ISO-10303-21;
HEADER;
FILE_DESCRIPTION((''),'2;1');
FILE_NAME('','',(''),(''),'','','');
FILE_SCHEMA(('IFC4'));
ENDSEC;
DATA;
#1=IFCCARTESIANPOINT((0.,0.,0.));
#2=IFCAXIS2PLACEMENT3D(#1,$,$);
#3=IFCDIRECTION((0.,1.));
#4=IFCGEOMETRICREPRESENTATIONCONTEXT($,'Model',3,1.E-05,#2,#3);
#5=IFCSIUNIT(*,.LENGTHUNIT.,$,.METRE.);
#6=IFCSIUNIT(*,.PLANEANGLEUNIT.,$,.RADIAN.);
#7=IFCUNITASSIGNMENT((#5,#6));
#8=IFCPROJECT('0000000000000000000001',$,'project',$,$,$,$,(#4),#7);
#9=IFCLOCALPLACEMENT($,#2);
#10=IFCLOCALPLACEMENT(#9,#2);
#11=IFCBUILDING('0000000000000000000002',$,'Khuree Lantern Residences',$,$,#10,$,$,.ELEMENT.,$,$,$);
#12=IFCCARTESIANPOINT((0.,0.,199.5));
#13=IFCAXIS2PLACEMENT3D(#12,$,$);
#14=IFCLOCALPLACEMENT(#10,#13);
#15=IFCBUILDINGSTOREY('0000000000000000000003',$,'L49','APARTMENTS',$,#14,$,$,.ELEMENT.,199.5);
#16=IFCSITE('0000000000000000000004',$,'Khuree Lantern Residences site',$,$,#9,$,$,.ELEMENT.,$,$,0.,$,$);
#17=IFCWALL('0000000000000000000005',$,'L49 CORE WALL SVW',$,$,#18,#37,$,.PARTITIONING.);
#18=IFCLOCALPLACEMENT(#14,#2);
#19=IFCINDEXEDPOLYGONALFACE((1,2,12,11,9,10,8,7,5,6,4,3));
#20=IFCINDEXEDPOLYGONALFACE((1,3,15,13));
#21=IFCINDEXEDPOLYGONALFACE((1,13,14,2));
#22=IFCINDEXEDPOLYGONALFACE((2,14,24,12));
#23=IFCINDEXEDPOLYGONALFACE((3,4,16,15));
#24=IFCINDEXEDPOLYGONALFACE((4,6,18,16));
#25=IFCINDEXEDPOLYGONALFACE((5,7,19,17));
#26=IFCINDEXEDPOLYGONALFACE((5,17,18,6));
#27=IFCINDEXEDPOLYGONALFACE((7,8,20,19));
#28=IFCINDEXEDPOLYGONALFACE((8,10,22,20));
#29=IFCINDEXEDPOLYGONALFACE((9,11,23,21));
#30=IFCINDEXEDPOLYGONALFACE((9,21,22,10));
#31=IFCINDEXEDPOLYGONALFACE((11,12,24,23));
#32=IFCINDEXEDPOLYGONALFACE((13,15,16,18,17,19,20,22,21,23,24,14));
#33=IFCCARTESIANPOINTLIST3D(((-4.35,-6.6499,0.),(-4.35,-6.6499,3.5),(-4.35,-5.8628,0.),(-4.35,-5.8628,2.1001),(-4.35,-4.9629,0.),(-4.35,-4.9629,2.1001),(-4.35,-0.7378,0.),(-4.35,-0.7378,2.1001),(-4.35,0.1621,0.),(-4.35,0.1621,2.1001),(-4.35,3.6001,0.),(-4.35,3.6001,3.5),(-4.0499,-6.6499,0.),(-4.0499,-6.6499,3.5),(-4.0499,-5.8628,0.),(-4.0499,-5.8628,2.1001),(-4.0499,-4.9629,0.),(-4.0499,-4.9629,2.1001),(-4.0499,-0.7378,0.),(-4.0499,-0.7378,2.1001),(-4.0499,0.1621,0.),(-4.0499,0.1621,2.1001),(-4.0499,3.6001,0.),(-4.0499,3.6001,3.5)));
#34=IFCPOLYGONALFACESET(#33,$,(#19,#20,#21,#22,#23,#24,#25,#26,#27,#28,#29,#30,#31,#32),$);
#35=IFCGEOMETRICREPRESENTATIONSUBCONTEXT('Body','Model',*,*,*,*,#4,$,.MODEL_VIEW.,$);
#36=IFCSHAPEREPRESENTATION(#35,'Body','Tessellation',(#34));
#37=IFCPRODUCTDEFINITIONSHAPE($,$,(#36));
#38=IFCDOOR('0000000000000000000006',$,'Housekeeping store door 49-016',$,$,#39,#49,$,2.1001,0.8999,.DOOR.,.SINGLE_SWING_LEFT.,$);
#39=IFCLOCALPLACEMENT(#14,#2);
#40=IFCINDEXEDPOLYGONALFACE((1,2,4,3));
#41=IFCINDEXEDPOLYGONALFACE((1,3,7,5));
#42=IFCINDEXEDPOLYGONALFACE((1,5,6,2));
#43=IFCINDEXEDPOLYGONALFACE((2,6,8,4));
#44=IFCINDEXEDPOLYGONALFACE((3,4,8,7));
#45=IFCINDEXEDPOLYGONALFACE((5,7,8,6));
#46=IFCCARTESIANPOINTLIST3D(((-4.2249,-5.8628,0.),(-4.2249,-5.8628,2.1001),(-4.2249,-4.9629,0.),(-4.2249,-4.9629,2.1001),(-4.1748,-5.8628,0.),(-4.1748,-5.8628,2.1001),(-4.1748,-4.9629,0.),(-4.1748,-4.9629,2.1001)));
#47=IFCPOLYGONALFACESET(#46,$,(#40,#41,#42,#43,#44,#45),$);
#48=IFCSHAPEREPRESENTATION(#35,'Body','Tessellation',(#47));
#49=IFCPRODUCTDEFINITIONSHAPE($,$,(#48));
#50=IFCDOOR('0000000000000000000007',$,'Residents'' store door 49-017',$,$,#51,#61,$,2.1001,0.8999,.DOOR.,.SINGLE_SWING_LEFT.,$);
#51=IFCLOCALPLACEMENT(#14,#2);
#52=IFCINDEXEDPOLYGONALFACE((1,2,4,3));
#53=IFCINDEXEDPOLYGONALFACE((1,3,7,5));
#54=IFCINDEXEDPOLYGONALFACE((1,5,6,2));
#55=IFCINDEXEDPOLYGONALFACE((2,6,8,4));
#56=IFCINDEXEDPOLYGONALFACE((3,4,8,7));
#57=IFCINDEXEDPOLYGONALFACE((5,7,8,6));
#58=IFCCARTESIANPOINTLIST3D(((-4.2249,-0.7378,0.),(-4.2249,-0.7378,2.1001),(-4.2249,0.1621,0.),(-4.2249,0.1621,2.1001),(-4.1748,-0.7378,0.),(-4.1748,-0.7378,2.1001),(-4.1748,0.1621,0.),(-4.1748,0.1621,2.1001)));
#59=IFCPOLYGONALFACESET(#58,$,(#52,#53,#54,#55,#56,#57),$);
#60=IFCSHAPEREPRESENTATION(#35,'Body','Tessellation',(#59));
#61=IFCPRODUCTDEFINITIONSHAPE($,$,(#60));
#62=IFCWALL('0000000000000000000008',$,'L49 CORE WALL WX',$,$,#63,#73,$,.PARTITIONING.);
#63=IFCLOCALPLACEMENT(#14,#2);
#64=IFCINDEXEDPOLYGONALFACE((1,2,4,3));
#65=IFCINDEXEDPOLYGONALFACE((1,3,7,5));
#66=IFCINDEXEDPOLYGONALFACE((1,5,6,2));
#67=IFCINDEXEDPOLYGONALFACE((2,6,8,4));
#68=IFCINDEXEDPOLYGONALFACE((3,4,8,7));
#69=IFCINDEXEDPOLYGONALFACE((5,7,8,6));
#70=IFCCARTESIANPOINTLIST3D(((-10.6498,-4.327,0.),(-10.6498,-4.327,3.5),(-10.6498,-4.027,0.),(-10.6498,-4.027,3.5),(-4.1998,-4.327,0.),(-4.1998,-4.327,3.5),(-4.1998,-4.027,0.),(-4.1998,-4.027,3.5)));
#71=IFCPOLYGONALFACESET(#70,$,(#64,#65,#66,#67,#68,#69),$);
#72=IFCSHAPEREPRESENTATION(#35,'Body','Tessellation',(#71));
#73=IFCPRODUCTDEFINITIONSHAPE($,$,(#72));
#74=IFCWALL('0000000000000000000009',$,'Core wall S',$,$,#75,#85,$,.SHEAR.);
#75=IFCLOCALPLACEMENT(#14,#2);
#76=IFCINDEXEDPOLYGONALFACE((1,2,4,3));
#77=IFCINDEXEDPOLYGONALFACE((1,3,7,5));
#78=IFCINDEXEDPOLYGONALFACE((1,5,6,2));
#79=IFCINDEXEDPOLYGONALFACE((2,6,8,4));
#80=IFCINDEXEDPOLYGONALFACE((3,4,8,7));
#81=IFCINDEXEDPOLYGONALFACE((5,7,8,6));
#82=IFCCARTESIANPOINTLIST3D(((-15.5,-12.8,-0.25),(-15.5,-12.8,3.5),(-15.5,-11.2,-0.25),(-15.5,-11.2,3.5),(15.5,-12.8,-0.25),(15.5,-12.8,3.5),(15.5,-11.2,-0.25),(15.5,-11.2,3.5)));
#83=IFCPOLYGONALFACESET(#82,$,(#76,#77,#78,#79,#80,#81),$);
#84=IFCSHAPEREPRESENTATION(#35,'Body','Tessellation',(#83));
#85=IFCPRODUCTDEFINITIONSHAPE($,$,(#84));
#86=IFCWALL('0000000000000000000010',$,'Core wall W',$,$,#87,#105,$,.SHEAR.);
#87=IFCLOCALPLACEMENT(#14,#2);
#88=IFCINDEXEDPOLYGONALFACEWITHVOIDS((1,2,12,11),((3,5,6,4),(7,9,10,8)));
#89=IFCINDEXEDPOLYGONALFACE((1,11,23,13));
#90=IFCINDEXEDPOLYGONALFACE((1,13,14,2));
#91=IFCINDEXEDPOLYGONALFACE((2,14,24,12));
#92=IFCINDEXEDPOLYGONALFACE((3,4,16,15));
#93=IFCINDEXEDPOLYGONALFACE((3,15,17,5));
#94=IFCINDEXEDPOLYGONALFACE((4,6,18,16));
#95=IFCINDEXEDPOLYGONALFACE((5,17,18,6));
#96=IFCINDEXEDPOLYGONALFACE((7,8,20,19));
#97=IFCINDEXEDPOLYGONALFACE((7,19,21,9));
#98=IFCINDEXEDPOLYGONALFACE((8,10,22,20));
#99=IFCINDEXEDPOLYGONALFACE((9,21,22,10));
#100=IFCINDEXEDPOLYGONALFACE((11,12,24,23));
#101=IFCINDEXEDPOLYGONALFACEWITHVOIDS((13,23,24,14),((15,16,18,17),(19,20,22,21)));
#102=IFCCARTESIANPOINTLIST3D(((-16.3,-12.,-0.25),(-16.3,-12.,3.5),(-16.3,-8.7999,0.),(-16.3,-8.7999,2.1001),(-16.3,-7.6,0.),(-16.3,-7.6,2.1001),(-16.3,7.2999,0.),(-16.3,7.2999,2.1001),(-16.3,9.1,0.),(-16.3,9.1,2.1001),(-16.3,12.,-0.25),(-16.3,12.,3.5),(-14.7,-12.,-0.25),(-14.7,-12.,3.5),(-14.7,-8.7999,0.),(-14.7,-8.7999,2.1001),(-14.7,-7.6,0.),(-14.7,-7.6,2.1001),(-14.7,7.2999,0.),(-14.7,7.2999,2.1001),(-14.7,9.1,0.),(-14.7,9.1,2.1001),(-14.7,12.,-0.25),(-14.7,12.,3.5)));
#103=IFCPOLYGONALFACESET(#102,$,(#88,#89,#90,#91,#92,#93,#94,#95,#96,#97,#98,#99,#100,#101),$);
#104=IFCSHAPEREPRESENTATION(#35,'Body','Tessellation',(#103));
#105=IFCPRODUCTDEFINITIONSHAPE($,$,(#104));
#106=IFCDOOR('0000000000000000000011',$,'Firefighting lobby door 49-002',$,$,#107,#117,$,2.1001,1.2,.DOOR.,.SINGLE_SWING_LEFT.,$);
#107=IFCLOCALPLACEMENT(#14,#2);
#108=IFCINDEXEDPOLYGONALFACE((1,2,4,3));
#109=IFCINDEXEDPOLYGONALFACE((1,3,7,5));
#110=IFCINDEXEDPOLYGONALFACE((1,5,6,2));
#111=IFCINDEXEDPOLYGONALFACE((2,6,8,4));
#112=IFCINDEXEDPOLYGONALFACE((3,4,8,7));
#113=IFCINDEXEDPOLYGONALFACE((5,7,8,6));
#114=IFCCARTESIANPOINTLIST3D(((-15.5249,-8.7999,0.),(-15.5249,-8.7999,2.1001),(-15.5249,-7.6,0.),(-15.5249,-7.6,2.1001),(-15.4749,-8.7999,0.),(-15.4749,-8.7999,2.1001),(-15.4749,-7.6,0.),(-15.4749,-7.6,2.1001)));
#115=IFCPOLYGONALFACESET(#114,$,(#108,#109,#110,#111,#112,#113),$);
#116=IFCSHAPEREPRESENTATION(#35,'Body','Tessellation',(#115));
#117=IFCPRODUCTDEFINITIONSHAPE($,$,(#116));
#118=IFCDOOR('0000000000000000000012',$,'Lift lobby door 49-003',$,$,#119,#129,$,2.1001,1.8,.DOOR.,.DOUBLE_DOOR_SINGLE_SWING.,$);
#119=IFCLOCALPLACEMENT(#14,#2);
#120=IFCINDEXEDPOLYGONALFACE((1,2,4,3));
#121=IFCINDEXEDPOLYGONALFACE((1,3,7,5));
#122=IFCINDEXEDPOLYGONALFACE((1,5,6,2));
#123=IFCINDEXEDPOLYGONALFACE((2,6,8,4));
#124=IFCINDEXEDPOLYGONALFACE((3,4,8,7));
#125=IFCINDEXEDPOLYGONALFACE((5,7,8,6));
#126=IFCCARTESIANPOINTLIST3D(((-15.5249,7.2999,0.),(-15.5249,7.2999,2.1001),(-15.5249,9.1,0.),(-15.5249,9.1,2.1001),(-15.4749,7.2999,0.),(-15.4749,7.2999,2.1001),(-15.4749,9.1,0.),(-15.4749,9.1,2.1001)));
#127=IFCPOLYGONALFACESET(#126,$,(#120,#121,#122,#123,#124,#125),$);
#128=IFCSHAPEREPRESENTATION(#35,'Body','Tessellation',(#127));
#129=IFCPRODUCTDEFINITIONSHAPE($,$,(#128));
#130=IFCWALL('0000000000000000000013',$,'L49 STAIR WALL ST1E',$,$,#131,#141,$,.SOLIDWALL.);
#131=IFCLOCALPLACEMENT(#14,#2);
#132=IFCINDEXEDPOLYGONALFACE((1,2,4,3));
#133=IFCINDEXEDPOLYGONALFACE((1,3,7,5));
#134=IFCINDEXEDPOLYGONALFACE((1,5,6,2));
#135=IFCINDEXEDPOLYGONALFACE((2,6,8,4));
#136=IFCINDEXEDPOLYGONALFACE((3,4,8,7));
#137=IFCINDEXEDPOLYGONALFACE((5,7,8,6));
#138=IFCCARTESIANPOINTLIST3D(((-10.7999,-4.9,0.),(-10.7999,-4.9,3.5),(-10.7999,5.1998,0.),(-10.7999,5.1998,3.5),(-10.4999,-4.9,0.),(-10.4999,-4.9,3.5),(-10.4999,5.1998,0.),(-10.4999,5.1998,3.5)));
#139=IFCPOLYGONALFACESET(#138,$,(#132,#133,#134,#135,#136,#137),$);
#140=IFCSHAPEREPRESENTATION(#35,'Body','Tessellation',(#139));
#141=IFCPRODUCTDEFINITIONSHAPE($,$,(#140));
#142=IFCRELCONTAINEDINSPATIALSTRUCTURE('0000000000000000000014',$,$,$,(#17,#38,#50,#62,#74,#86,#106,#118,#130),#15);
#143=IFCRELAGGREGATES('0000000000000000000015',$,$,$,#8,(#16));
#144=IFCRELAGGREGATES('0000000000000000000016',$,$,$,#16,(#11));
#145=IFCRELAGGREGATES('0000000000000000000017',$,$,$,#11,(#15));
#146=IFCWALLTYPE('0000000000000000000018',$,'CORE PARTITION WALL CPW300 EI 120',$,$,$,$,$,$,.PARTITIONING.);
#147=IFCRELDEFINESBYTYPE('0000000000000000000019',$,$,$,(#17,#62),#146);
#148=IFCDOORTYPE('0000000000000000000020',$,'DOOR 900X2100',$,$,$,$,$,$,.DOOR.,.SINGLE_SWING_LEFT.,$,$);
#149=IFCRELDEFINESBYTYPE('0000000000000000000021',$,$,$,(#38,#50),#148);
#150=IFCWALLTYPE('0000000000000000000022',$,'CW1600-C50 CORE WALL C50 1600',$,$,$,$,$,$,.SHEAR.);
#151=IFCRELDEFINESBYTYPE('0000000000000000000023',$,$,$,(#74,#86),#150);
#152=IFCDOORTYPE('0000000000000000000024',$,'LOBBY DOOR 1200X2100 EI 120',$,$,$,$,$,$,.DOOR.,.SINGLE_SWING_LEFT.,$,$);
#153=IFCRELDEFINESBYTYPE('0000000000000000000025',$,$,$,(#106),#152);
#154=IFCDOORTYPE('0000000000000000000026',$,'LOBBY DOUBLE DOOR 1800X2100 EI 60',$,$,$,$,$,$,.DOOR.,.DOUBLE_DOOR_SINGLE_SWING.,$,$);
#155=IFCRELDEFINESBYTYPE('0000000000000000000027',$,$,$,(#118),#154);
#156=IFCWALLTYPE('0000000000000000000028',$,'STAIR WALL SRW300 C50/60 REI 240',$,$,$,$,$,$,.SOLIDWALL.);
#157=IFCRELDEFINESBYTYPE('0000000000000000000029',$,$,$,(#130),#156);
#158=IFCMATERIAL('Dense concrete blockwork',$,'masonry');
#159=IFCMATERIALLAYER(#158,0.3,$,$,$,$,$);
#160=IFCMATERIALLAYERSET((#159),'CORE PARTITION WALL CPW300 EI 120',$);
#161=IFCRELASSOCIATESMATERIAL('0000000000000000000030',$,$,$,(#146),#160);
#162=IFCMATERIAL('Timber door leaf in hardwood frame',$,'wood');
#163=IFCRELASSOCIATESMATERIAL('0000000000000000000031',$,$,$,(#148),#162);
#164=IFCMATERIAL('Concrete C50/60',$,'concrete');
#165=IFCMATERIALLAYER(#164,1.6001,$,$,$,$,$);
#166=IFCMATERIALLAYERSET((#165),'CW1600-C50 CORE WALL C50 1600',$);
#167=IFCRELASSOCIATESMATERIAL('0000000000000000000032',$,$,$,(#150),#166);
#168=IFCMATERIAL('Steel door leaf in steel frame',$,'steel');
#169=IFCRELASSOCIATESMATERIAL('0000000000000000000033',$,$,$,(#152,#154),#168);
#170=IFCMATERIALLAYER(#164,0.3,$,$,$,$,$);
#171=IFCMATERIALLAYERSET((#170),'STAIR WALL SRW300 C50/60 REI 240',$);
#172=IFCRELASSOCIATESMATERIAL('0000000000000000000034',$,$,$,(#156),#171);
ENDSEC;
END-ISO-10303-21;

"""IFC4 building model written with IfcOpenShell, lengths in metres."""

from ifc_helpers import new_model, si_unit, direction, frame, frame_2d, origin, place, context, subcontext, project, spatial, rectangle, extrude, material, layer, layer_set, type_object, element, fill, save


model = new_model("IFC4")

# Units and contexts
model_context = context("Model", 3, precision=1e-05, world=origin(), true_north=direction((0.0, 1.0)))
body_context = subcontext(model_context, "Body", "Model", "MODEL_VIEW")
ifc_project = project(units=[si_unit("LENGTHUNIT", "METRE"), si_unit("PLANEANGLEUNIT", "RADIAN")], contexts=[model_context])

# Site, building, storey
site_placement = place(None, origin())
site = spatial("IfcSite", under=ifc_project, at=site_placement, Name="Khuree Lantern Residences site", CompositionType="ELEMENT", RefElevation=0.0)
building_placement = place(site_placement, origin())
building = spatial("IfcBuilding", under=site, at=building_placement, Name="Khuree Lantern Residences", CompositionType="ELEMENT")
storey_placement = place(building_placement, frame((0.0, 0.0, 199.5)))
storey = spatial("IfcBuildingStorey", under=building, at=storey_placement, Name="L49", Description="APARTMENTS", CompositionType="ELEMENT", Elevation=199.5)

# Shared definitions
ifc_material_1 = material(Name="Dense concrete blockwork", Category="masonry")
ifc_layer_1 = layer(ifc_material_1, 0.3)
ifc_layer_set_1 = layer_set([ifc_layer_1], Name="CORE PARTITION WALL CPW300 EI 120")
wall_type_1 = type_object("IfcWallType", Name="CORE PARTITION WALL CPW300 EI 120", PredefinedType="PARTITIONING", material=ifc_layer_set_1)

# Shared definitions
ifc_material_2 = material(Name="Steel door leaf in steel frame", Category="steel")

# Wall, openings, doors
wall_1_placement = place(storey_placement, frame((-4.2, -6.6499, 0.0), z_axis=(0.0, 0.0, 1.0), x_axis=(0.0, 1.0, 0.0)))
wall_1 = element("IfcWall", 1, at=wall_1_placement, inside=storey, type_object=wall_type_1, Name="L49 CORE WALL SVW", PredefinedType="PARTITIONING", context=body_context, shape_type="SweptSolid", body=[
    extrude(rectangle(XDim=10.25, YDim=0.3, at=frame_2d((5.125, 0.0))), origin(), (0.0, 0.0, 1.0), 3.5),
])
opening_1_placement = place(wall_1_placement, frame((0.7871, 0.0, 0.0)))
opening_1 = element("IfcOpeningElement", 2, at=opening_1_placement, cuts=wall_1, PredefinedType="OPENING", context=body_context, shape_type="SweptSolid", body=[
    extrude(rectangle(XDim=0.8999, YDim=2.1001, at=frame_2d((0.45, 1.05))), frame((0.0, 0.1602, 0.0), z_axis=(0.0, -1.0, 0.0), x_axis=(1.0, 0.0, 0.0)), (0.0, 0.0, 1.0), 0.3201),
])
opening_2_placement = place(wall_1_placement, frame((5.9121, 0.0, 0.0)))
opening_2 = element("IfcOpeningElement", 3, at=opening_2_placement, cuts=wall_1, PredefinedType="OPENING", context=body_context, shape_type="SweptSolid", body=[
    extrude(rectangle(XDim=0.8999, YDim=2.1001, at=frame_2d((0.45, 1.05))), frame((0.0, 0.1602, 0.0), z_axis=(0.0, -1.0, 0.0), x_axis=(1.0, 0.0, 0.0)), (0.0, 0.0, 1.0), 0.3201),
])
ifc_material_3 = material(Name="Timber door leaf in hardwood frame", Category="wood")
door_type_1 = type_object("IfcDoorType", Name="DOOR 900X2100", OperationType="SINGLE_SWING_LEFT", PredefinedType="DOOR", material=ifc_material_3)
door_1_placement = place(opening_1_placement, origin())
door_1 = element("IfcDoor", 4, at=door_1_placement, inside=storey, type_object=door_type_1, Name="Housekeeping store door 49-016", OperationType="SINGLE_SWING_LEFT", OverallHeight=2.1001, OverallWidth=0.8999, PredefinedType="DOOR", context=body_context, shape_type="SweptSolid", body=[
    extrude(rectangle(XDim=0.8999, YDim=2.1001, at=frame_2d((0.45, 1.05))), frame((0.0, 0.0249, 0.0), z_axis=(0.0, -1.0, 0.0), x_axis=(1.0, 0.0, 0.0)), (0.0, 0.0, 1.0), 0.05),
])
fill(opening_1, door_1)
door_2_placement = place(opening_2_placement, origin())
door_2 = element("IfcDoor", 5, at=door_2_placement, inside=storey, type_object=door_type_1, Name="Residents' store door 49-017", OperationType="SINGLE_SWING_LEFT", OverallHeight=2.1001, OverallWidth=0.8999, PredefinedType="DOOR", context=body_context, shape_type="SweptSolid", body=[
    extrude(rectangle(XDim=0.8999, YDim=2.1001, at=frame_2d((0.45, 1.05))), frame((0.0, 0.0249, 0.0), z_axis=(0.0, -1.0, 0.0), x_axis=(1.0, 0.0, 0.0)), (0.0, 0.0, 1.0), 0.05),
])
fill(opening_2, door_2)

# Walls
wall_2_placement = place(storey_placement, frame((-10.6499, -4.177, 0.0), z_axis=(0.0, 0.0, 1.0), x_axis=(1.0, 0.0, 0.0)))
element("IfcWall", 6, at=wall_2_placement, inside=storey, type_object=wall_type_1, Name="L49 CORE WALL WX", PredefinedType="PARTITIONING", context=body_context, shape_type="SweptSolid", body=[
    extrude(rectangle(XDim=6.45, YDim=0.3, at=frame_2d((3.2251, 0.0))), origin(), (0.0, 0.0, 1.0), 3.5),
])
ifc_material_4 = material(Name="Concrete C50/60", Category="concrete")
ifc_layer_2 = layer(ifc_material_4, 1.6001)
ifc_layer_set_2 = layer_set([ifc_layer_2], Name="CW1600-C50 CORE WALL C50 1600")
wall_type_2 = type_object("IfcWallType", Name="CW1600-C50 CORE WALL C50 1600", PredefinedType="SHEAR", material=ifc_layer_set_2)
wall_3_placement = place(storey_placement, frame((-15.5, -12.0, -0.25), z_axis=(0.0, 0.0, 1.0), x_axis=(1.0, 0.0, 0.0)))
element("IfcWall", 7, at=wall_3_placement, inside=storey, type_object=wall_type_2, Name="Core wall S", PredefinedType="SHEAR", context=body_context, shape_type="SweptSolid", body=[
    extrude(rectangle(XDim=31.0, YDim=1.6001, at=frame_2d((15.5, 0.0))), origin(), (0.0, 0.0, 1.0), 3.75),
])

# Wall, openings, doors
wall_4_placement = place(storey_placement, frame((-15.5, -12.0, -0.25), z_axis=(0.0, 0.0, 1.0), x_axis=(0.0, 1.0, 0.0)))
wall_4 = element("IfcWall", 8, at=wall_4_placement, inside=storey, type_object=wall_type_2, Name="Core wall W", PredefinedType="SHEAR", context=body_context, shape_type="SweptSolid", body=[
    extrude(rectangle(XDim=24.0, YDim=1.6001, at=frame_2d((12.0, 0.0))), origin(), (0.0, 0.0, 1.0), 3.75),
])
opening_3_placement = place(wall_4_placement, frame((3.2, 0.0, 0.25)))
opening_3 = element("IfcOpeningElement", 9, at=opening_3_placement, cuts=wall_4, PredefinedType="OPENING", context=body_context, shape_type="SweptSolid", body=[
    extrude(rectangle(XDim=1.2, YDim=2.1001, at=frame_2d((0.6001, 1.05))), frame((0.0, 0.8101, 0.0), z_axis=(0.0, -1.0, 0.0), x_axis=(1.0, 0.0, 0.0)), (0.0, 0.0, 1.0), 1.6201),
])
opening_4_placement = place(wall_4_placement, frame((19.3, 0.0, 0.25)))
opening_4 = element("IfcOpeningElement", 10, at=opening_4_placement, cuts=wall_4, PredefinedType="OPENING", context=body_context, shape_type="SweptSolid", body=[
    extrude(rectangle(XDim=1.8, YDim=2.1001, at=frame_2d((0.8999, 1.05))), frame((0.0, 0.8101, 0.0), z_axis=(0.0, -1.0, 0.0), x_axis=(1.0, 0.0, 0.0)), (0.0, 0.0, 1.0), 1.6201),
])
door_type_2 = type_object("IfcDoorType", Name="LOBBY DOOR 1200X2100 EI 120", OperationType="SINGLE_SWING_LEFT", PredefinedType="DOOR", material=ifc_material_2)
door_3_placement = place(opening_3_placement, origin())
door_3 = element("IfcDoor", 11, at=door_3_placement, inside=storey, type_object=door_type_2, Name="Firefighting lobby door 49-002", OperationType="SINGLE_SWING_LEFT", OverallHeight=2.1001, OverallWidth=1.2, PredefinedType="DOOR", context=body_context, shape_type="SweptSolid", body=[
    extrude(rectangle(XDim=1.2, YDim=2.1001, at=frame_2d((0.6001, 1.05))), frame((0.0, 0.0249, 0.0), z_axis=(0.0, -1.0, 0.0), x_axis=(1.0, 0.0, 0.0)), (0.0, 0.0, 1.0), 0.05),
])
fill(opening_3, door_3)
door_type_3 = type_object("IfcDoorType", Name="LOBBY DOUBLE DOOR 1800X2100 EI 60", OperationType="DOUBLE_DOOR_SINGLE_SWING", PredefinedType="DOOR", material=ifc_material_2)
door_4_placement = place(opening_4_placement, origin())
door_4 = element("IfcDoor", 12, at=door_4_placement, inside=storey, type_object=door_type_3, Name="Lift lobby door 49-003", OperationType="DOUBLE_DOOR_SINGLE_SWING", OverallHeight=2.1001, OverallWidth=1.8, PredefinedType="DOOR", context=body_context, shape_type="SweptSolid", body=[
    extrude(rectangle(XDim=1.8, YDim=2.1001, at=frame_2d((0.8999, 1.05))), frame((0.0, 0.0249, 0.0), z_axis=(0.0, -1.0, 0.0), x_axis=(1.0, 0.0, 0.0)), (0.0, 0.0, 1.0), 0.05),
])
fill(opening_4, door_4)

# Wall
ifc_layer_3 = layer(ifc_material_4, 0.3)
ifc_layer_set_3 = layer_set([ifc_layer_3], Name="STAIR WALL SRW300 C50/60 REI 240")
wall_type_3 = type_object("IfcWallType", Name="STAIR WALL SRW300 C50/60 REI 240", PredefinedType="SOLIDWALL", material=ifc_layer_set_3)
wall_5_placement = place(storey_placement, frame((-10.6499, -4.8999, 0.0), z_axis=(0.0, 0.0, 1.0), x_axis=(0.0, 1.0, 0.0)))
element("IfcWall", 13, at=wall_5_placement, inside=storey, type_object=wall_type_3, Name="L49 STAIR WALL ST1E", PredefinedType="SOLIDWALL", context=body_context, shape_type="SweptSolid", body=[
    extrude(rectangle(XDim=10.0999, YDim=0.3, at=frame_2d((5.0498, 0.0))), origin(), (0.0, 0.0, 1.0), 3.5),
])

save(model, "model.ifc")
